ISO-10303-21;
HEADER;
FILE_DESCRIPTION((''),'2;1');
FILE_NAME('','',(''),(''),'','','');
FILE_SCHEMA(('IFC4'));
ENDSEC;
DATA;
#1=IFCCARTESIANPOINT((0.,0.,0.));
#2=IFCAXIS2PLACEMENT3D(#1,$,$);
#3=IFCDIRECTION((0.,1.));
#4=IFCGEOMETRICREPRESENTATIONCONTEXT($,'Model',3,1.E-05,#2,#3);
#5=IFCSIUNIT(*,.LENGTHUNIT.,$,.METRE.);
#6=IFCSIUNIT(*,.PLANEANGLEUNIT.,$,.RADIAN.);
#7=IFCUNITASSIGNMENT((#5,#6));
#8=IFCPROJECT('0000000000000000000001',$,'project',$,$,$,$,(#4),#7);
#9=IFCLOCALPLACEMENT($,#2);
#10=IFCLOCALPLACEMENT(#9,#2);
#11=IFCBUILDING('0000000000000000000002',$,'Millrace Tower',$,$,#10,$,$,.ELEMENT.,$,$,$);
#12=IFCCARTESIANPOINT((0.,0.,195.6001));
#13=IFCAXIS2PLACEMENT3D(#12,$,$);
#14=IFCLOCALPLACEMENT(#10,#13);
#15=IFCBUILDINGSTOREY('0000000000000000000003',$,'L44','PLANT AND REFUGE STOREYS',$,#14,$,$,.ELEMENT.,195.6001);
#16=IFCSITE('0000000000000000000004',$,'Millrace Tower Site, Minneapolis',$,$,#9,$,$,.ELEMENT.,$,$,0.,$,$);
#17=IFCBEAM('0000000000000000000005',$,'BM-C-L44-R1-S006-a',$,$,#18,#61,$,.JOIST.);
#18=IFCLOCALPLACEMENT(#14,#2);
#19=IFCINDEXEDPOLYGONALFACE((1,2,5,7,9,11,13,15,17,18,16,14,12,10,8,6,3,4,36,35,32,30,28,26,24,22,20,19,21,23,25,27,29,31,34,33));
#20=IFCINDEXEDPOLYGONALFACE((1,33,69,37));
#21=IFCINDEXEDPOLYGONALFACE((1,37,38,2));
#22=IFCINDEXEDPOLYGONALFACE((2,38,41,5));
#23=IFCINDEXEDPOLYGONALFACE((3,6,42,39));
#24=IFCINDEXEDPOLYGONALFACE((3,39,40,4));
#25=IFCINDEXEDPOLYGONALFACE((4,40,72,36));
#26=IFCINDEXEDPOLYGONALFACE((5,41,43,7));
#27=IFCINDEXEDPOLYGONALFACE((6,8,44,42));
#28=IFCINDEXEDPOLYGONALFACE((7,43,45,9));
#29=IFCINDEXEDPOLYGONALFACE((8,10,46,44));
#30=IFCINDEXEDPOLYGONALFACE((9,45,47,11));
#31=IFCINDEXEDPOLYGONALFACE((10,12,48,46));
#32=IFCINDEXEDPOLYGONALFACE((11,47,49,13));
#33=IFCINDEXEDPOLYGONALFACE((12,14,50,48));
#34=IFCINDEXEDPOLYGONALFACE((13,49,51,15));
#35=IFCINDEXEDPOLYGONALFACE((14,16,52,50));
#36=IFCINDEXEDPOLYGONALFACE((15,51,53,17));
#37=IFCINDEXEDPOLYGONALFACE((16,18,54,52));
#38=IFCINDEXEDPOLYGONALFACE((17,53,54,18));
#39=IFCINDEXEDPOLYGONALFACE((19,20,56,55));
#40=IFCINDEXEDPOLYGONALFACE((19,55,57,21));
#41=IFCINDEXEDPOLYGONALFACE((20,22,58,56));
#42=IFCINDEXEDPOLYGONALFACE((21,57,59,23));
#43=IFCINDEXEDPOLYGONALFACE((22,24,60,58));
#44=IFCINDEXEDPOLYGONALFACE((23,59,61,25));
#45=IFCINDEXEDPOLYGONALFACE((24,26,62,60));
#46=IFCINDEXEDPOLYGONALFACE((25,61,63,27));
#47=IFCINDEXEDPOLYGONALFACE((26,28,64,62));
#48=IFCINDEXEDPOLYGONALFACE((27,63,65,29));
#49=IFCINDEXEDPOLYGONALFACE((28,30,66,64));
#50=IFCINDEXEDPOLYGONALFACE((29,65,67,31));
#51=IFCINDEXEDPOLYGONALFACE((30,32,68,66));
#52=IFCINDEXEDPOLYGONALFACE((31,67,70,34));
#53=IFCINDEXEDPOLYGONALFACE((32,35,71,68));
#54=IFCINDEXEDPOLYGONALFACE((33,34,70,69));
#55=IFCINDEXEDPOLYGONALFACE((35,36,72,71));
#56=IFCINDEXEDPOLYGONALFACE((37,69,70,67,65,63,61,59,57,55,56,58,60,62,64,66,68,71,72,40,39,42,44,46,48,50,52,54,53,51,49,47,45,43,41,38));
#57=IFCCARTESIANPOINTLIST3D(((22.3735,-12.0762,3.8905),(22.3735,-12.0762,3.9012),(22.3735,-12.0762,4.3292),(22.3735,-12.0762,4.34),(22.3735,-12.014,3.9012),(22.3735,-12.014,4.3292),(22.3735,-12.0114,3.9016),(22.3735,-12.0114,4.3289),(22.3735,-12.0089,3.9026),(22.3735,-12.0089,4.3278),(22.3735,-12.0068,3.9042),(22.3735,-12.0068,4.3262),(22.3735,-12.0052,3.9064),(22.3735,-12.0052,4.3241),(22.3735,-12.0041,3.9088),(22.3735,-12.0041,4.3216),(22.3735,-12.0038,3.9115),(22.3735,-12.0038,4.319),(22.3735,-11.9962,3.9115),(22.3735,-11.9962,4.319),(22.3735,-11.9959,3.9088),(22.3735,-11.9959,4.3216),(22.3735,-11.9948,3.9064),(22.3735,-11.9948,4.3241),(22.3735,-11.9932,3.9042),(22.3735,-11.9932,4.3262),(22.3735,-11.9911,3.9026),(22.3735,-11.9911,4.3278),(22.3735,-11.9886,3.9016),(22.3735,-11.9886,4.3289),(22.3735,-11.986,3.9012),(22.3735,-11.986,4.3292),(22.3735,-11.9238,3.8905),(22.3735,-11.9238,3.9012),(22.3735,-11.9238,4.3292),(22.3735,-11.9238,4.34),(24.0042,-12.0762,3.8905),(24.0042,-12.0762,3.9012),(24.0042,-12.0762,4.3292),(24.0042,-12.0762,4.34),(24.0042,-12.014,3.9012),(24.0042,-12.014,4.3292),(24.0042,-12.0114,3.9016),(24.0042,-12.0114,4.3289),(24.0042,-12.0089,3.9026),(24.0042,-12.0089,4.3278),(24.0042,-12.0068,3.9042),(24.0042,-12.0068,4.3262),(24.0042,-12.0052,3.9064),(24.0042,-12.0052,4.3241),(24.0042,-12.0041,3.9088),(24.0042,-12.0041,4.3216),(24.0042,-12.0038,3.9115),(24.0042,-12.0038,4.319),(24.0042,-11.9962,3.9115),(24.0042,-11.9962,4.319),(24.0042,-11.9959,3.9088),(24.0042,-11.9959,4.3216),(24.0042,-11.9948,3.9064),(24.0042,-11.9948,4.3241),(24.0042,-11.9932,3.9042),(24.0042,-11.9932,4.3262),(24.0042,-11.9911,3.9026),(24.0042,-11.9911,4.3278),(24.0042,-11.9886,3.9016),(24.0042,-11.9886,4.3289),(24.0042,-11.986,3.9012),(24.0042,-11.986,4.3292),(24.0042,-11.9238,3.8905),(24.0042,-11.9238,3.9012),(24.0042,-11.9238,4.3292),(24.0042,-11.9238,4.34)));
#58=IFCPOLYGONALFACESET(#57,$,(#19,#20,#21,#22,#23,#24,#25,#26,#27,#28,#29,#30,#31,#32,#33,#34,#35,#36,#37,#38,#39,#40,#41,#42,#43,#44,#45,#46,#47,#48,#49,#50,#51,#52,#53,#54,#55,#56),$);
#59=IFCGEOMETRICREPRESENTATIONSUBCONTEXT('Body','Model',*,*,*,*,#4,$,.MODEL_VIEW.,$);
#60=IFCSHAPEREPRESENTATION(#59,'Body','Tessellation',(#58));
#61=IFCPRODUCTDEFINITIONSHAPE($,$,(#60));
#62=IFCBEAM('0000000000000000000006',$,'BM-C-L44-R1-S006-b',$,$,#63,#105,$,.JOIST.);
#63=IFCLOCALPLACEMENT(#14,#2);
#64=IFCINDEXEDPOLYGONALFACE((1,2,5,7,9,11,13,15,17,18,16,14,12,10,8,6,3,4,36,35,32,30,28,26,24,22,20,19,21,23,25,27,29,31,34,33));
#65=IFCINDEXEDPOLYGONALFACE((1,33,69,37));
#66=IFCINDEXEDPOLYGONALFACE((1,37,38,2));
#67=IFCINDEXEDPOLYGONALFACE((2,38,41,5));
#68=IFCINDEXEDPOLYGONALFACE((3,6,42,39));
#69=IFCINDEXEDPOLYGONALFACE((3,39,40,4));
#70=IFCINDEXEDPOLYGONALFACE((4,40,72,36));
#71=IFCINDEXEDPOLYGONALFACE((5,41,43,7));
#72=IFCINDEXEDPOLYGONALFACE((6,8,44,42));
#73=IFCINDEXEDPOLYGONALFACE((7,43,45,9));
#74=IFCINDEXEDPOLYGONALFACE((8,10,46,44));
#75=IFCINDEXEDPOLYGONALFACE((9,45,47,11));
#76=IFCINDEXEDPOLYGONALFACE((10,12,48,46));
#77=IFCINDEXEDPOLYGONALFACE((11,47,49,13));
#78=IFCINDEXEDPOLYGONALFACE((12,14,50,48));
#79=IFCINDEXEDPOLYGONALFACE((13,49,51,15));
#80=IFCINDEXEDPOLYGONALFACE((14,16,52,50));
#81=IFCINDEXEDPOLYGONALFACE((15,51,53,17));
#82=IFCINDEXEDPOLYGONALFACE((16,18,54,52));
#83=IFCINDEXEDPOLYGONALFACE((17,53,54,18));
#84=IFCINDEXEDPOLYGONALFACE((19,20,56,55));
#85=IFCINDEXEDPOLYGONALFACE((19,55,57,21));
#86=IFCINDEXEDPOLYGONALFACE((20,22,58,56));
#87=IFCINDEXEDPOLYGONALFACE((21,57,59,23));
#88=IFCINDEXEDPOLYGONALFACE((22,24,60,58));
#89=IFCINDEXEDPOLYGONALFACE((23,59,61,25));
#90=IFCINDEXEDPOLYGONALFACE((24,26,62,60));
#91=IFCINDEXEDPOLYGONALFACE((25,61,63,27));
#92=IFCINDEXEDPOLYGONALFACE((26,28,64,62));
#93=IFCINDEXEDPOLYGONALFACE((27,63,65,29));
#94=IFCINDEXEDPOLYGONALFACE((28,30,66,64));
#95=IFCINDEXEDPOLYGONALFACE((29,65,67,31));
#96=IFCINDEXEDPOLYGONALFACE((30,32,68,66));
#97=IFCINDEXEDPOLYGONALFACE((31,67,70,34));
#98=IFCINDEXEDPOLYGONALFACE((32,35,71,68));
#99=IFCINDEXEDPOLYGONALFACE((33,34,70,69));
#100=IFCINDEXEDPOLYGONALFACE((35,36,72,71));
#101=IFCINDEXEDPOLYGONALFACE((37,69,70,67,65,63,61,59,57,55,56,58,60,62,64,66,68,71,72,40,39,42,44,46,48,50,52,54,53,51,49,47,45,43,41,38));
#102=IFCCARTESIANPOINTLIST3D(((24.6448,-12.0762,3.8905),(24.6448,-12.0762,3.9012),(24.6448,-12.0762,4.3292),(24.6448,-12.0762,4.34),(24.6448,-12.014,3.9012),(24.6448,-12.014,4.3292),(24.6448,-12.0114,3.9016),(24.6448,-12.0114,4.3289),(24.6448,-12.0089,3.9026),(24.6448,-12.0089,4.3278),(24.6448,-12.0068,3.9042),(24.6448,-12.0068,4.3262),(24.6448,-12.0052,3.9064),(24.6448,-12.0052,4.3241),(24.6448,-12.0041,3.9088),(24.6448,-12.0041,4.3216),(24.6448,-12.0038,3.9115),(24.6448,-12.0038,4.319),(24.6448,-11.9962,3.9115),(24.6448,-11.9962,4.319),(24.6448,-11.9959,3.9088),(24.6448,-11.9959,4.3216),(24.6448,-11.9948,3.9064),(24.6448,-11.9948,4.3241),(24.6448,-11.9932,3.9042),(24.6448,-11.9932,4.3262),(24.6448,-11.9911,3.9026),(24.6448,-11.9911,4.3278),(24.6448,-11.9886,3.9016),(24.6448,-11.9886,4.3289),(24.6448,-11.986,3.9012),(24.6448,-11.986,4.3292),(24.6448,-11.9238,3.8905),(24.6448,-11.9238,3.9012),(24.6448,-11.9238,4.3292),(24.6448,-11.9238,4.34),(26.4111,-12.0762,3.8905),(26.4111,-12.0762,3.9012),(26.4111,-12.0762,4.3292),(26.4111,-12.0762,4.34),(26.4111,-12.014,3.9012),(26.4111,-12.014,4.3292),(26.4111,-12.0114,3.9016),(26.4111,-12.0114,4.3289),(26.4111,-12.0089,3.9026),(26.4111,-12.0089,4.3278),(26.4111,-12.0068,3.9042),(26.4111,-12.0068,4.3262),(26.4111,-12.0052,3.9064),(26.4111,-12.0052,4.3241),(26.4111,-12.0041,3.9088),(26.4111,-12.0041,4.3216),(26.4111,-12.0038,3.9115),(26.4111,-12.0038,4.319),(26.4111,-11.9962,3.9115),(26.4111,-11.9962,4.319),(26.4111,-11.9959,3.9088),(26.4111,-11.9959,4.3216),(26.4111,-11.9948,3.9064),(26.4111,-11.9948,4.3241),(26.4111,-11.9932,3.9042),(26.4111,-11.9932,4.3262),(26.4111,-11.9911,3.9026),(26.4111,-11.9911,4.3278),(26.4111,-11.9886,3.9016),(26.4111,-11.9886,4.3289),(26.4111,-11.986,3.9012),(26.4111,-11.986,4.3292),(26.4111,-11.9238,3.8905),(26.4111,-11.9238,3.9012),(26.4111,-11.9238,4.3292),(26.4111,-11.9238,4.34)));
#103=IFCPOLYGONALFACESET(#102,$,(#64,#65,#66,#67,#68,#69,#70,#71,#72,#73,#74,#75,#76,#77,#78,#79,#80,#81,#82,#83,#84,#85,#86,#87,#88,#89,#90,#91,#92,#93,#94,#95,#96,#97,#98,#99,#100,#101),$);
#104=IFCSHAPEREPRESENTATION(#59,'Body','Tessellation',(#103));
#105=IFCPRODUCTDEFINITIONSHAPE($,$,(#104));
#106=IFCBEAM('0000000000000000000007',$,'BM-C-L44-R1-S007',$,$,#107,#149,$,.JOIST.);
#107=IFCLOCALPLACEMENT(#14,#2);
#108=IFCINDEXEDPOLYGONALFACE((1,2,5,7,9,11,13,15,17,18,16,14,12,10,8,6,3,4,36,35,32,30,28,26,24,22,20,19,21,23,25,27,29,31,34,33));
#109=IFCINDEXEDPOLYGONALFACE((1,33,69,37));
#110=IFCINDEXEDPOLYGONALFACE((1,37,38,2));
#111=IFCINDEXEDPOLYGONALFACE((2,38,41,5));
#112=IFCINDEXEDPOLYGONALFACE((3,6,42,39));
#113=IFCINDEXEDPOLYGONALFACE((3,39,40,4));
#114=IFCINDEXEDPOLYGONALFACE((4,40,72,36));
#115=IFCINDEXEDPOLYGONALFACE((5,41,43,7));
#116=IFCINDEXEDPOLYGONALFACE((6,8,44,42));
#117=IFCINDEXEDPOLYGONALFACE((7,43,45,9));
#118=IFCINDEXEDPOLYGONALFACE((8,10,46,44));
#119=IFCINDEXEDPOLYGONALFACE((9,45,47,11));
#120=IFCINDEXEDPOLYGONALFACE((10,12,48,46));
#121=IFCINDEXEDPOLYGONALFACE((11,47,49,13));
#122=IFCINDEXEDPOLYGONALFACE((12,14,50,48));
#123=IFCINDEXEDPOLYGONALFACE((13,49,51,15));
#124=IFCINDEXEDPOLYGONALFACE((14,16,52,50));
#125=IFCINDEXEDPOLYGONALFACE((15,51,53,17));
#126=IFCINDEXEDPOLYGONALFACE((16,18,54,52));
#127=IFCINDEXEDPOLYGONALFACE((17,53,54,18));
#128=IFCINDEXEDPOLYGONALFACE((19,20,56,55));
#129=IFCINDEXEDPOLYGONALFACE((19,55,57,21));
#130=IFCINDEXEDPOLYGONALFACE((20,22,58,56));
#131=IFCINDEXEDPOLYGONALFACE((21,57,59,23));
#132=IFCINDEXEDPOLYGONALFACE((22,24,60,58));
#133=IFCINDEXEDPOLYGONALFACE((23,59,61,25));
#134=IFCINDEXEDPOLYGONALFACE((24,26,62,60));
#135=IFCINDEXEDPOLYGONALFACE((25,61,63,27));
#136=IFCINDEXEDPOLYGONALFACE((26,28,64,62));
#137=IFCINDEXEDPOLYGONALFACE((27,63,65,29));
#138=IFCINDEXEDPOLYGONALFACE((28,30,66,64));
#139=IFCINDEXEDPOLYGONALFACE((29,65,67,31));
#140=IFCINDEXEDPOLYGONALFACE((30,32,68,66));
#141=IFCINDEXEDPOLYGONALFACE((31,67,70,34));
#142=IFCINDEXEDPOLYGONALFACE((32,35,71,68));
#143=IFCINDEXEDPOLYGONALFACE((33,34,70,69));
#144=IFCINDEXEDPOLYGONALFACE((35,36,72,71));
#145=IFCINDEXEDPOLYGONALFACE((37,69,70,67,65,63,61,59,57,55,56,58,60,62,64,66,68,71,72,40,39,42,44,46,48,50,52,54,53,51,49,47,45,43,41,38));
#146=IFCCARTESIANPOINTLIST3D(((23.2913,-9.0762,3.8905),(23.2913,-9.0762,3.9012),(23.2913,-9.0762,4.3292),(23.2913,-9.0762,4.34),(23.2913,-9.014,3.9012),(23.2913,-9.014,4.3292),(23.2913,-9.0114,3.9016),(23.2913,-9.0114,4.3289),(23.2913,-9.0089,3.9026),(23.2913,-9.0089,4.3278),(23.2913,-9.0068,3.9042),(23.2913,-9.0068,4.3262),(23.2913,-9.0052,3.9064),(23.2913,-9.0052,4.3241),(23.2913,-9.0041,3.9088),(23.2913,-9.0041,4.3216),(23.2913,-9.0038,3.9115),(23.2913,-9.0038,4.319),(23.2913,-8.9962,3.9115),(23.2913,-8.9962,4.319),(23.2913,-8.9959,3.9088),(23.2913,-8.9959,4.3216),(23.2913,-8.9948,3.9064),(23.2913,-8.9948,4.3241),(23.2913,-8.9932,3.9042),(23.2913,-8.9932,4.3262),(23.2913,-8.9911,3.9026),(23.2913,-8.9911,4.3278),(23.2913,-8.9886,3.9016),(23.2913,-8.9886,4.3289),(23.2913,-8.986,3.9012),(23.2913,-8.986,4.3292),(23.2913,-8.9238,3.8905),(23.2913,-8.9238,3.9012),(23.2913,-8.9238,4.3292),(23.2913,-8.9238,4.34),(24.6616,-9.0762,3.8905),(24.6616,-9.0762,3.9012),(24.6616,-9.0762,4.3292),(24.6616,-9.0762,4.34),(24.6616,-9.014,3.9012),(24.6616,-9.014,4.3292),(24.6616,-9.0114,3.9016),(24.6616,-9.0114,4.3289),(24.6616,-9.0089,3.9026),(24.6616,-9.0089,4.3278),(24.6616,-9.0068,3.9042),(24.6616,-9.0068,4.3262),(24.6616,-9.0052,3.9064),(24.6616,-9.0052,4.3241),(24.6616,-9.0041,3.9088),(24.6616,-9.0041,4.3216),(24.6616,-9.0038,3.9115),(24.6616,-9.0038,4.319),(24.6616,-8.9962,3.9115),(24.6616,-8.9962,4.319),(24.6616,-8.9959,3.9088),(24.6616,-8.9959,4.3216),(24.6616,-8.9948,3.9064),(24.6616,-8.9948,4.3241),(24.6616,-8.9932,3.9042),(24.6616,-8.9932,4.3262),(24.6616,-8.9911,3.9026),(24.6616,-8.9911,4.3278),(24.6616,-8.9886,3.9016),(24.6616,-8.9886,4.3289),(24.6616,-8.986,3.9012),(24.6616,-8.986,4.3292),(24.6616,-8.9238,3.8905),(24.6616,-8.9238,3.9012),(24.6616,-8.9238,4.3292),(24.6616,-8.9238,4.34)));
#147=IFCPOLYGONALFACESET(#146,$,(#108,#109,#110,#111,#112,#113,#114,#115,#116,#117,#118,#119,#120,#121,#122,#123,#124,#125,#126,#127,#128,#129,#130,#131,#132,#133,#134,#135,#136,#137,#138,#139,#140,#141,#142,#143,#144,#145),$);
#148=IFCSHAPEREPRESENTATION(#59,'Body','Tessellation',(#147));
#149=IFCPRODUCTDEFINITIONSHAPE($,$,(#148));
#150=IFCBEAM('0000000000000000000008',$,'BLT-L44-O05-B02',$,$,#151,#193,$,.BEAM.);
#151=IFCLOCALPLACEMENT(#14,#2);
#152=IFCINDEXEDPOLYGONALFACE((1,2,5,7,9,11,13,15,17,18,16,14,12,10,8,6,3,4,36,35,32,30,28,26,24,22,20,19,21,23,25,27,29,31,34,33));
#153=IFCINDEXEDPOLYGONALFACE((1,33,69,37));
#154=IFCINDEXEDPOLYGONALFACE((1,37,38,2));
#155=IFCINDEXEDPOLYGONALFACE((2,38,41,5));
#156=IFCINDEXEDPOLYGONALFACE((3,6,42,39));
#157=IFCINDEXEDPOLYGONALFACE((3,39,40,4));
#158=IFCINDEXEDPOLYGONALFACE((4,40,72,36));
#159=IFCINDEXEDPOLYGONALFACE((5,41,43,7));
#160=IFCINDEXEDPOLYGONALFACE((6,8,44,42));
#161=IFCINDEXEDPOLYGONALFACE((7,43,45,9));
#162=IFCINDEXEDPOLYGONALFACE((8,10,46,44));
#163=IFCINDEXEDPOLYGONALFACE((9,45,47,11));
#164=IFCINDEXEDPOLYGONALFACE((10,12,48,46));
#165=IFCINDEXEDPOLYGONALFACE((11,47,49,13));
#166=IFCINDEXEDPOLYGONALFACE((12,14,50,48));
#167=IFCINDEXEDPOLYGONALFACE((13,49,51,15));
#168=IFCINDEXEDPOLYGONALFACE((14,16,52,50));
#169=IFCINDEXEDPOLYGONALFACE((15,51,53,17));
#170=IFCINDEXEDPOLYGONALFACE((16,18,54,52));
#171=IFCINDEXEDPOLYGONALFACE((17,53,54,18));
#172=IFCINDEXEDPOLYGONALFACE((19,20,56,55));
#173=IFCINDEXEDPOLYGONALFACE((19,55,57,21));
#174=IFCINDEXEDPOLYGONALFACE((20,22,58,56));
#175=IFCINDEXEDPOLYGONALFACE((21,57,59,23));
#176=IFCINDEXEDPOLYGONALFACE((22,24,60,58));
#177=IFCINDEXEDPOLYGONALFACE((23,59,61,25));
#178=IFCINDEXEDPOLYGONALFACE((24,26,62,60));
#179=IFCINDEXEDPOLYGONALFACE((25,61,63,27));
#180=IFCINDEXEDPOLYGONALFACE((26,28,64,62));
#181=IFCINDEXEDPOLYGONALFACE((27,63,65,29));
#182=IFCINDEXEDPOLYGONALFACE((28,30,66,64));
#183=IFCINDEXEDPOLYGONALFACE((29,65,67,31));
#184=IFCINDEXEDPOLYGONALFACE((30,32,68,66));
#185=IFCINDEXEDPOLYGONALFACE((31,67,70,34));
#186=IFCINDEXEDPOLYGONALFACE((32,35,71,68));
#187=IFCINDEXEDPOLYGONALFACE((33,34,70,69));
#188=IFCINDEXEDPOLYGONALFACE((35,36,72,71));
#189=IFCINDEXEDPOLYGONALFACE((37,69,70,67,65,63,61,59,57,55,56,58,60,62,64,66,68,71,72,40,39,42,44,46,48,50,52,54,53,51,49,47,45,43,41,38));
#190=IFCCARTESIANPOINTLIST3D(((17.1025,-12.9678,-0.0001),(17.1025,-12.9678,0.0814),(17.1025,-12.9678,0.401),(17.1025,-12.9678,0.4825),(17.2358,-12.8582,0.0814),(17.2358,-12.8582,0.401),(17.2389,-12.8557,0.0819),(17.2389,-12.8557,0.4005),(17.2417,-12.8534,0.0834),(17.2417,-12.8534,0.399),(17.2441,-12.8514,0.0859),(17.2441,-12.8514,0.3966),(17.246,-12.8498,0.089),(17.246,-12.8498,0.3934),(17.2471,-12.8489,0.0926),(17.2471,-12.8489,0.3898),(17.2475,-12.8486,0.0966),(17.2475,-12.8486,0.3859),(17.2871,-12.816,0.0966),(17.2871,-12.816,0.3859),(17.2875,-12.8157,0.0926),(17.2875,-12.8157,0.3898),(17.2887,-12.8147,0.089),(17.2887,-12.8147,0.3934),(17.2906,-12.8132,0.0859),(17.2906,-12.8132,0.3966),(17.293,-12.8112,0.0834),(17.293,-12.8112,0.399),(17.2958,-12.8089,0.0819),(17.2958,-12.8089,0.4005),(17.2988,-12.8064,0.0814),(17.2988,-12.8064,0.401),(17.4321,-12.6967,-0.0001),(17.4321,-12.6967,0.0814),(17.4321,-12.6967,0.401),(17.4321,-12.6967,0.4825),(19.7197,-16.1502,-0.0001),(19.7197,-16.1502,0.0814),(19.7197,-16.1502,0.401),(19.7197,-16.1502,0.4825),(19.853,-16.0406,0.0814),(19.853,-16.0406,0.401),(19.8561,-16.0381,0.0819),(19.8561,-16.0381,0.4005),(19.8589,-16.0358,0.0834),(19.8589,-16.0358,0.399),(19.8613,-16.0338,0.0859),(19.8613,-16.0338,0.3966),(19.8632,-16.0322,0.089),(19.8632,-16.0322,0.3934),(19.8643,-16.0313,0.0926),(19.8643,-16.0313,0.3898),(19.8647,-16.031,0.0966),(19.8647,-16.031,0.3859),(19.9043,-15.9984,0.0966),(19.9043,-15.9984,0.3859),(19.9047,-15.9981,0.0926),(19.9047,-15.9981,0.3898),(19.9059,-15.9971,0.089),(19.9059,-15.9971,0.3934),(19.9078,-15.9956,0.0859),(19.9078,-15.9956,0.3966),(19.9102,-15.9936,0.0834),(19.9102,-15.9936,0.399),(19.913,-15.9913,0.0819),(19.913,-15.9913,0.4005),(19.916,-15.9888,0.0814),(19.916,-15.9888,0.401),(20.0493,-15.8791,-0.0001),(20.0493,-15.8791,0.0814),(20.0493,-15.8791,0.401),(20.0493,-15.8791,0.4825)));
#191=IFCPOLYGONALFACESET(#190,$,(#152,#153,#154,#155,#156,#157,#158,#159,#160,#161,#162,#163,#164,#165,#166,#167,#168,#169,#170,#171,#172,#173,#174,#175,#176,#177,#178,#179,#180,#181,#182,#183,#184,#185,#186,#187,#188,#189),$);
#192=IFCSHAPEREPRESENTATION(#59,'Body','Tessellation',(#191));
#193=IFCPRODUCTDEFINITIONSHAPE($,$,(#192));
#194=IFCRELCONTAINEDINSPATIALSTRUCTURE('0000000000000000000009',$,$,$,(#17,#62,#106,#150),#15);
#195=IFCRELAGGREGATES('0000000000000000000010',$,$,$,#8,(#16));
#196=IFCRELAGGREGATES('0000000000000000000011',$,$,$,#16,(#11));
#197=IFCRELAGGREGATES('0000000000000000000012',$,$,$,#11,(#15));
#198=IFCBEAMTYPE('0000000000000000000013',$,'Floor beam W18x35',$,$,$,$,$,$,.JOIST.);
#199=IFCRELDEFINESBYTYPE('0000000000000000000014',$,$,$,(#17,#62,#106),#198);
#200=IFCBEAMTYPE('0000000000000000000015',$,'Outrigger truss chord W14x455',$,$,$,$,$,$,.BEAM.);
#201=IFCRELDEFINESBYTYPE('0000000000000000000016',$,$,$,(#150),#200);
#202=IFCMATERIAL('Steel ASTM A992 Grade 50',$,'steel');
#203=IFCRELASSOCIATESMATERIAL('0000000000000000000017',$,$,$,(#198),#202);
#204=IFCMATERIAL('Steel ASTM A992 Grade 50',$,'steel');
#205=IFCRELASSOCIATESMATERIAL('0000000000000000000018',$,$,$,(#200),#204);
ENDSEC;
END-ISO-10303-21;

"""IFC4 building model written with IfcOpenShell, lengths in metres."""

from ifc_helpers import new_model, si_unit, direction, frame, origin, origin_2d, place, context, subcontext, project, spatial, i_section, extrude, material, material_profile, profile_set, type_object, element, save


model = new_model("IFC4")

# Units and contexts
model_context = context("Model", 3, precision=1e-05, world=origin(), true_north=direction((0.0, 1.0)))
body_context = subcontext(model_context, "Body", "Model", "MODEL_VIEW")
ifc_project = project(units=[si_unit("LENGTHUNIT", "METRE"), si_unit("PLANEANGLEUNIT", "RADIAN")], contexts=[model_context])

# Site, building, storey
site_placement = place(None, origin())
site = spatial("IfcSite", under=ifc_project, at=site_placement, Name="Millrace Tower Site, Minneapolis", CompositionType="ELEMENT", RefElevation=0.0)
building_placement = place(site_placement, origin())
building = spatial("IfcBuilding", under=site, at=building_placement, Name="Millrace Tower", CompositionType="ELEMENT")
storey_placement = place(building_placement, frame((0.0, 0.0, 195.6001)))
storey = spatial("IfcBuildingStorey", under=building, at=storey_placement, Name="L44", Description="PLANT AND REFUGE STOREYS", CompositionType="ELEMENT", Elevation=195.6001)

# Beams
ifc_material_1 = material(Name="Steel ASTM A992 Grade 50", Category="steel")
ifc_material_profile_1 = material_profile(ifc_material_1, i_section(OverallWidth=0.1523, OverallDepth=0.4495, WebThickness=0.0076, FlangeThickness=0.0107, FilletRadius=0.0103, at=origin_2d()))
ifc_profile_set_1 = profile_set([ifc_material_profile_1], Name="Steel ASTM A992 Grade 50")
beam_type_1 = type_object("IfcBeamType", Name="Floor beam W18x35", PredefinedType="JOIST", material=ifc_profile_set_1)
beam_1_placement = place(storey_placement, frame((22.3735, -12.0, 4.1152), z_axis=(1.0, 0.0, 0.0), x_axis=(0.0, 1.0, 0.0)))
element("IfcBeam", 1, at=beam_1_placement, inside=storey, type_object=beam_type_1, Name="BM-C-L44-R1-S006-a", PredefinedType="JOIST", context=body_context, shape_type="SweptSolid", body=[
    extrude(i_section(OverallWidth=0.1523, OverallDepth=0.4495, WebThickness=0.0076, FlangeThickness=0.0107, FilletRadius=0.0103, at=origin_2d()), origin(), (0.0, 0.0, 1.0), 1.6306),
])
beam_2_placement = place(storey_placement, frame((24.6448, -12.0, 4.1152), z_axis=(1.0, 0.0, 0.0), x_axis=(0.0, 1.0, 0.0)))
element("IfcBeam", 2, at=beam_2_placement, inside=storey, type_object=beam_type_1, Name="BM-C-L44-R1-S006-b", PredefinedType="JOIST", context=body_context, shape_type="SweptSolid", body=[
    extrude(i_section(OverallWidth=0.1523, OverallDepth=0.4495, WebThickness=0.0076, FlangeThickness=0.0107, FilletRadius=0.0103, at=origin_2d()), origin(), (0.0, 0.0, 1.0), 1.7664),
])
beam_3_placement = place(storey_placement, frame((23.2913, -9.0, 4.1152), z_axis=(1.0, 0.0, 0.0), x_axis=(0.0, 1.0, 0.0)))
element("IfcBeam", 3, at=beam_3_placement, inside=storey, type_object=beam_type_1, Name="BM-C-L44-R1-S007", PredefinedType="JOIST", context=body_context, shape_type="SweptSolid", body=[
    extrude(i_section(OverallWidth=0.1523, OverallDepth=0.4495, WebThickness=0.0076, FlangeThickness=0.0107, FilletRadius=0.0103, at=origin_2d()), origin(), (0.0, 0.0, 1.0), 1.3704),
])
ifc_material_2 = material(Name="Steel ASTM A992 Grade 50", Category="steel")
ifc_material_profile_2 = material_profile(ifc_material_2, i_section(OverallWidth=0.4268, OverallDepth=0.4827, WebThickness=0.0513, FlangeThickness=0.0815, FilletRadius=0.0151, at=origin_2d()))
ifc_profile_set_2 = profile_set([ifc_material_profile_2], Name="Steel ASTM A992 Grade 50")
beam_type_2 = type_object("IfcBeamType", Name="Outrigger truss chord W14x455", PredefinedType="BEAM", material=ifc_profile_set_2)
beam_4_placement = place(storey_placement, frame((17.2673, -12.8323, 0.2412), z_axis=(0.635188, -0.772358, 0.0), x_axis=(0.772358, 0.635188, 0.0)))
element("IfcBeam", 4, at=beam_4_placement, inside=storey, type_object=beam_type_2, Name="BLT-L44-O05-B02", PredefinedType="BEAM", context=body_context, shape_type="SweptSolid", body=[
    extrude(i_section(OverallWidth=0.4268, OverallDepth=0.4827, WebThickness=0.0513, FlangeThickness=0.0815, FilletRadius=0.0151, at=origin_2d()), origin(), (0.0, 0.0, 1.0), 4.1204),
])

save(model, "model.ifc")
